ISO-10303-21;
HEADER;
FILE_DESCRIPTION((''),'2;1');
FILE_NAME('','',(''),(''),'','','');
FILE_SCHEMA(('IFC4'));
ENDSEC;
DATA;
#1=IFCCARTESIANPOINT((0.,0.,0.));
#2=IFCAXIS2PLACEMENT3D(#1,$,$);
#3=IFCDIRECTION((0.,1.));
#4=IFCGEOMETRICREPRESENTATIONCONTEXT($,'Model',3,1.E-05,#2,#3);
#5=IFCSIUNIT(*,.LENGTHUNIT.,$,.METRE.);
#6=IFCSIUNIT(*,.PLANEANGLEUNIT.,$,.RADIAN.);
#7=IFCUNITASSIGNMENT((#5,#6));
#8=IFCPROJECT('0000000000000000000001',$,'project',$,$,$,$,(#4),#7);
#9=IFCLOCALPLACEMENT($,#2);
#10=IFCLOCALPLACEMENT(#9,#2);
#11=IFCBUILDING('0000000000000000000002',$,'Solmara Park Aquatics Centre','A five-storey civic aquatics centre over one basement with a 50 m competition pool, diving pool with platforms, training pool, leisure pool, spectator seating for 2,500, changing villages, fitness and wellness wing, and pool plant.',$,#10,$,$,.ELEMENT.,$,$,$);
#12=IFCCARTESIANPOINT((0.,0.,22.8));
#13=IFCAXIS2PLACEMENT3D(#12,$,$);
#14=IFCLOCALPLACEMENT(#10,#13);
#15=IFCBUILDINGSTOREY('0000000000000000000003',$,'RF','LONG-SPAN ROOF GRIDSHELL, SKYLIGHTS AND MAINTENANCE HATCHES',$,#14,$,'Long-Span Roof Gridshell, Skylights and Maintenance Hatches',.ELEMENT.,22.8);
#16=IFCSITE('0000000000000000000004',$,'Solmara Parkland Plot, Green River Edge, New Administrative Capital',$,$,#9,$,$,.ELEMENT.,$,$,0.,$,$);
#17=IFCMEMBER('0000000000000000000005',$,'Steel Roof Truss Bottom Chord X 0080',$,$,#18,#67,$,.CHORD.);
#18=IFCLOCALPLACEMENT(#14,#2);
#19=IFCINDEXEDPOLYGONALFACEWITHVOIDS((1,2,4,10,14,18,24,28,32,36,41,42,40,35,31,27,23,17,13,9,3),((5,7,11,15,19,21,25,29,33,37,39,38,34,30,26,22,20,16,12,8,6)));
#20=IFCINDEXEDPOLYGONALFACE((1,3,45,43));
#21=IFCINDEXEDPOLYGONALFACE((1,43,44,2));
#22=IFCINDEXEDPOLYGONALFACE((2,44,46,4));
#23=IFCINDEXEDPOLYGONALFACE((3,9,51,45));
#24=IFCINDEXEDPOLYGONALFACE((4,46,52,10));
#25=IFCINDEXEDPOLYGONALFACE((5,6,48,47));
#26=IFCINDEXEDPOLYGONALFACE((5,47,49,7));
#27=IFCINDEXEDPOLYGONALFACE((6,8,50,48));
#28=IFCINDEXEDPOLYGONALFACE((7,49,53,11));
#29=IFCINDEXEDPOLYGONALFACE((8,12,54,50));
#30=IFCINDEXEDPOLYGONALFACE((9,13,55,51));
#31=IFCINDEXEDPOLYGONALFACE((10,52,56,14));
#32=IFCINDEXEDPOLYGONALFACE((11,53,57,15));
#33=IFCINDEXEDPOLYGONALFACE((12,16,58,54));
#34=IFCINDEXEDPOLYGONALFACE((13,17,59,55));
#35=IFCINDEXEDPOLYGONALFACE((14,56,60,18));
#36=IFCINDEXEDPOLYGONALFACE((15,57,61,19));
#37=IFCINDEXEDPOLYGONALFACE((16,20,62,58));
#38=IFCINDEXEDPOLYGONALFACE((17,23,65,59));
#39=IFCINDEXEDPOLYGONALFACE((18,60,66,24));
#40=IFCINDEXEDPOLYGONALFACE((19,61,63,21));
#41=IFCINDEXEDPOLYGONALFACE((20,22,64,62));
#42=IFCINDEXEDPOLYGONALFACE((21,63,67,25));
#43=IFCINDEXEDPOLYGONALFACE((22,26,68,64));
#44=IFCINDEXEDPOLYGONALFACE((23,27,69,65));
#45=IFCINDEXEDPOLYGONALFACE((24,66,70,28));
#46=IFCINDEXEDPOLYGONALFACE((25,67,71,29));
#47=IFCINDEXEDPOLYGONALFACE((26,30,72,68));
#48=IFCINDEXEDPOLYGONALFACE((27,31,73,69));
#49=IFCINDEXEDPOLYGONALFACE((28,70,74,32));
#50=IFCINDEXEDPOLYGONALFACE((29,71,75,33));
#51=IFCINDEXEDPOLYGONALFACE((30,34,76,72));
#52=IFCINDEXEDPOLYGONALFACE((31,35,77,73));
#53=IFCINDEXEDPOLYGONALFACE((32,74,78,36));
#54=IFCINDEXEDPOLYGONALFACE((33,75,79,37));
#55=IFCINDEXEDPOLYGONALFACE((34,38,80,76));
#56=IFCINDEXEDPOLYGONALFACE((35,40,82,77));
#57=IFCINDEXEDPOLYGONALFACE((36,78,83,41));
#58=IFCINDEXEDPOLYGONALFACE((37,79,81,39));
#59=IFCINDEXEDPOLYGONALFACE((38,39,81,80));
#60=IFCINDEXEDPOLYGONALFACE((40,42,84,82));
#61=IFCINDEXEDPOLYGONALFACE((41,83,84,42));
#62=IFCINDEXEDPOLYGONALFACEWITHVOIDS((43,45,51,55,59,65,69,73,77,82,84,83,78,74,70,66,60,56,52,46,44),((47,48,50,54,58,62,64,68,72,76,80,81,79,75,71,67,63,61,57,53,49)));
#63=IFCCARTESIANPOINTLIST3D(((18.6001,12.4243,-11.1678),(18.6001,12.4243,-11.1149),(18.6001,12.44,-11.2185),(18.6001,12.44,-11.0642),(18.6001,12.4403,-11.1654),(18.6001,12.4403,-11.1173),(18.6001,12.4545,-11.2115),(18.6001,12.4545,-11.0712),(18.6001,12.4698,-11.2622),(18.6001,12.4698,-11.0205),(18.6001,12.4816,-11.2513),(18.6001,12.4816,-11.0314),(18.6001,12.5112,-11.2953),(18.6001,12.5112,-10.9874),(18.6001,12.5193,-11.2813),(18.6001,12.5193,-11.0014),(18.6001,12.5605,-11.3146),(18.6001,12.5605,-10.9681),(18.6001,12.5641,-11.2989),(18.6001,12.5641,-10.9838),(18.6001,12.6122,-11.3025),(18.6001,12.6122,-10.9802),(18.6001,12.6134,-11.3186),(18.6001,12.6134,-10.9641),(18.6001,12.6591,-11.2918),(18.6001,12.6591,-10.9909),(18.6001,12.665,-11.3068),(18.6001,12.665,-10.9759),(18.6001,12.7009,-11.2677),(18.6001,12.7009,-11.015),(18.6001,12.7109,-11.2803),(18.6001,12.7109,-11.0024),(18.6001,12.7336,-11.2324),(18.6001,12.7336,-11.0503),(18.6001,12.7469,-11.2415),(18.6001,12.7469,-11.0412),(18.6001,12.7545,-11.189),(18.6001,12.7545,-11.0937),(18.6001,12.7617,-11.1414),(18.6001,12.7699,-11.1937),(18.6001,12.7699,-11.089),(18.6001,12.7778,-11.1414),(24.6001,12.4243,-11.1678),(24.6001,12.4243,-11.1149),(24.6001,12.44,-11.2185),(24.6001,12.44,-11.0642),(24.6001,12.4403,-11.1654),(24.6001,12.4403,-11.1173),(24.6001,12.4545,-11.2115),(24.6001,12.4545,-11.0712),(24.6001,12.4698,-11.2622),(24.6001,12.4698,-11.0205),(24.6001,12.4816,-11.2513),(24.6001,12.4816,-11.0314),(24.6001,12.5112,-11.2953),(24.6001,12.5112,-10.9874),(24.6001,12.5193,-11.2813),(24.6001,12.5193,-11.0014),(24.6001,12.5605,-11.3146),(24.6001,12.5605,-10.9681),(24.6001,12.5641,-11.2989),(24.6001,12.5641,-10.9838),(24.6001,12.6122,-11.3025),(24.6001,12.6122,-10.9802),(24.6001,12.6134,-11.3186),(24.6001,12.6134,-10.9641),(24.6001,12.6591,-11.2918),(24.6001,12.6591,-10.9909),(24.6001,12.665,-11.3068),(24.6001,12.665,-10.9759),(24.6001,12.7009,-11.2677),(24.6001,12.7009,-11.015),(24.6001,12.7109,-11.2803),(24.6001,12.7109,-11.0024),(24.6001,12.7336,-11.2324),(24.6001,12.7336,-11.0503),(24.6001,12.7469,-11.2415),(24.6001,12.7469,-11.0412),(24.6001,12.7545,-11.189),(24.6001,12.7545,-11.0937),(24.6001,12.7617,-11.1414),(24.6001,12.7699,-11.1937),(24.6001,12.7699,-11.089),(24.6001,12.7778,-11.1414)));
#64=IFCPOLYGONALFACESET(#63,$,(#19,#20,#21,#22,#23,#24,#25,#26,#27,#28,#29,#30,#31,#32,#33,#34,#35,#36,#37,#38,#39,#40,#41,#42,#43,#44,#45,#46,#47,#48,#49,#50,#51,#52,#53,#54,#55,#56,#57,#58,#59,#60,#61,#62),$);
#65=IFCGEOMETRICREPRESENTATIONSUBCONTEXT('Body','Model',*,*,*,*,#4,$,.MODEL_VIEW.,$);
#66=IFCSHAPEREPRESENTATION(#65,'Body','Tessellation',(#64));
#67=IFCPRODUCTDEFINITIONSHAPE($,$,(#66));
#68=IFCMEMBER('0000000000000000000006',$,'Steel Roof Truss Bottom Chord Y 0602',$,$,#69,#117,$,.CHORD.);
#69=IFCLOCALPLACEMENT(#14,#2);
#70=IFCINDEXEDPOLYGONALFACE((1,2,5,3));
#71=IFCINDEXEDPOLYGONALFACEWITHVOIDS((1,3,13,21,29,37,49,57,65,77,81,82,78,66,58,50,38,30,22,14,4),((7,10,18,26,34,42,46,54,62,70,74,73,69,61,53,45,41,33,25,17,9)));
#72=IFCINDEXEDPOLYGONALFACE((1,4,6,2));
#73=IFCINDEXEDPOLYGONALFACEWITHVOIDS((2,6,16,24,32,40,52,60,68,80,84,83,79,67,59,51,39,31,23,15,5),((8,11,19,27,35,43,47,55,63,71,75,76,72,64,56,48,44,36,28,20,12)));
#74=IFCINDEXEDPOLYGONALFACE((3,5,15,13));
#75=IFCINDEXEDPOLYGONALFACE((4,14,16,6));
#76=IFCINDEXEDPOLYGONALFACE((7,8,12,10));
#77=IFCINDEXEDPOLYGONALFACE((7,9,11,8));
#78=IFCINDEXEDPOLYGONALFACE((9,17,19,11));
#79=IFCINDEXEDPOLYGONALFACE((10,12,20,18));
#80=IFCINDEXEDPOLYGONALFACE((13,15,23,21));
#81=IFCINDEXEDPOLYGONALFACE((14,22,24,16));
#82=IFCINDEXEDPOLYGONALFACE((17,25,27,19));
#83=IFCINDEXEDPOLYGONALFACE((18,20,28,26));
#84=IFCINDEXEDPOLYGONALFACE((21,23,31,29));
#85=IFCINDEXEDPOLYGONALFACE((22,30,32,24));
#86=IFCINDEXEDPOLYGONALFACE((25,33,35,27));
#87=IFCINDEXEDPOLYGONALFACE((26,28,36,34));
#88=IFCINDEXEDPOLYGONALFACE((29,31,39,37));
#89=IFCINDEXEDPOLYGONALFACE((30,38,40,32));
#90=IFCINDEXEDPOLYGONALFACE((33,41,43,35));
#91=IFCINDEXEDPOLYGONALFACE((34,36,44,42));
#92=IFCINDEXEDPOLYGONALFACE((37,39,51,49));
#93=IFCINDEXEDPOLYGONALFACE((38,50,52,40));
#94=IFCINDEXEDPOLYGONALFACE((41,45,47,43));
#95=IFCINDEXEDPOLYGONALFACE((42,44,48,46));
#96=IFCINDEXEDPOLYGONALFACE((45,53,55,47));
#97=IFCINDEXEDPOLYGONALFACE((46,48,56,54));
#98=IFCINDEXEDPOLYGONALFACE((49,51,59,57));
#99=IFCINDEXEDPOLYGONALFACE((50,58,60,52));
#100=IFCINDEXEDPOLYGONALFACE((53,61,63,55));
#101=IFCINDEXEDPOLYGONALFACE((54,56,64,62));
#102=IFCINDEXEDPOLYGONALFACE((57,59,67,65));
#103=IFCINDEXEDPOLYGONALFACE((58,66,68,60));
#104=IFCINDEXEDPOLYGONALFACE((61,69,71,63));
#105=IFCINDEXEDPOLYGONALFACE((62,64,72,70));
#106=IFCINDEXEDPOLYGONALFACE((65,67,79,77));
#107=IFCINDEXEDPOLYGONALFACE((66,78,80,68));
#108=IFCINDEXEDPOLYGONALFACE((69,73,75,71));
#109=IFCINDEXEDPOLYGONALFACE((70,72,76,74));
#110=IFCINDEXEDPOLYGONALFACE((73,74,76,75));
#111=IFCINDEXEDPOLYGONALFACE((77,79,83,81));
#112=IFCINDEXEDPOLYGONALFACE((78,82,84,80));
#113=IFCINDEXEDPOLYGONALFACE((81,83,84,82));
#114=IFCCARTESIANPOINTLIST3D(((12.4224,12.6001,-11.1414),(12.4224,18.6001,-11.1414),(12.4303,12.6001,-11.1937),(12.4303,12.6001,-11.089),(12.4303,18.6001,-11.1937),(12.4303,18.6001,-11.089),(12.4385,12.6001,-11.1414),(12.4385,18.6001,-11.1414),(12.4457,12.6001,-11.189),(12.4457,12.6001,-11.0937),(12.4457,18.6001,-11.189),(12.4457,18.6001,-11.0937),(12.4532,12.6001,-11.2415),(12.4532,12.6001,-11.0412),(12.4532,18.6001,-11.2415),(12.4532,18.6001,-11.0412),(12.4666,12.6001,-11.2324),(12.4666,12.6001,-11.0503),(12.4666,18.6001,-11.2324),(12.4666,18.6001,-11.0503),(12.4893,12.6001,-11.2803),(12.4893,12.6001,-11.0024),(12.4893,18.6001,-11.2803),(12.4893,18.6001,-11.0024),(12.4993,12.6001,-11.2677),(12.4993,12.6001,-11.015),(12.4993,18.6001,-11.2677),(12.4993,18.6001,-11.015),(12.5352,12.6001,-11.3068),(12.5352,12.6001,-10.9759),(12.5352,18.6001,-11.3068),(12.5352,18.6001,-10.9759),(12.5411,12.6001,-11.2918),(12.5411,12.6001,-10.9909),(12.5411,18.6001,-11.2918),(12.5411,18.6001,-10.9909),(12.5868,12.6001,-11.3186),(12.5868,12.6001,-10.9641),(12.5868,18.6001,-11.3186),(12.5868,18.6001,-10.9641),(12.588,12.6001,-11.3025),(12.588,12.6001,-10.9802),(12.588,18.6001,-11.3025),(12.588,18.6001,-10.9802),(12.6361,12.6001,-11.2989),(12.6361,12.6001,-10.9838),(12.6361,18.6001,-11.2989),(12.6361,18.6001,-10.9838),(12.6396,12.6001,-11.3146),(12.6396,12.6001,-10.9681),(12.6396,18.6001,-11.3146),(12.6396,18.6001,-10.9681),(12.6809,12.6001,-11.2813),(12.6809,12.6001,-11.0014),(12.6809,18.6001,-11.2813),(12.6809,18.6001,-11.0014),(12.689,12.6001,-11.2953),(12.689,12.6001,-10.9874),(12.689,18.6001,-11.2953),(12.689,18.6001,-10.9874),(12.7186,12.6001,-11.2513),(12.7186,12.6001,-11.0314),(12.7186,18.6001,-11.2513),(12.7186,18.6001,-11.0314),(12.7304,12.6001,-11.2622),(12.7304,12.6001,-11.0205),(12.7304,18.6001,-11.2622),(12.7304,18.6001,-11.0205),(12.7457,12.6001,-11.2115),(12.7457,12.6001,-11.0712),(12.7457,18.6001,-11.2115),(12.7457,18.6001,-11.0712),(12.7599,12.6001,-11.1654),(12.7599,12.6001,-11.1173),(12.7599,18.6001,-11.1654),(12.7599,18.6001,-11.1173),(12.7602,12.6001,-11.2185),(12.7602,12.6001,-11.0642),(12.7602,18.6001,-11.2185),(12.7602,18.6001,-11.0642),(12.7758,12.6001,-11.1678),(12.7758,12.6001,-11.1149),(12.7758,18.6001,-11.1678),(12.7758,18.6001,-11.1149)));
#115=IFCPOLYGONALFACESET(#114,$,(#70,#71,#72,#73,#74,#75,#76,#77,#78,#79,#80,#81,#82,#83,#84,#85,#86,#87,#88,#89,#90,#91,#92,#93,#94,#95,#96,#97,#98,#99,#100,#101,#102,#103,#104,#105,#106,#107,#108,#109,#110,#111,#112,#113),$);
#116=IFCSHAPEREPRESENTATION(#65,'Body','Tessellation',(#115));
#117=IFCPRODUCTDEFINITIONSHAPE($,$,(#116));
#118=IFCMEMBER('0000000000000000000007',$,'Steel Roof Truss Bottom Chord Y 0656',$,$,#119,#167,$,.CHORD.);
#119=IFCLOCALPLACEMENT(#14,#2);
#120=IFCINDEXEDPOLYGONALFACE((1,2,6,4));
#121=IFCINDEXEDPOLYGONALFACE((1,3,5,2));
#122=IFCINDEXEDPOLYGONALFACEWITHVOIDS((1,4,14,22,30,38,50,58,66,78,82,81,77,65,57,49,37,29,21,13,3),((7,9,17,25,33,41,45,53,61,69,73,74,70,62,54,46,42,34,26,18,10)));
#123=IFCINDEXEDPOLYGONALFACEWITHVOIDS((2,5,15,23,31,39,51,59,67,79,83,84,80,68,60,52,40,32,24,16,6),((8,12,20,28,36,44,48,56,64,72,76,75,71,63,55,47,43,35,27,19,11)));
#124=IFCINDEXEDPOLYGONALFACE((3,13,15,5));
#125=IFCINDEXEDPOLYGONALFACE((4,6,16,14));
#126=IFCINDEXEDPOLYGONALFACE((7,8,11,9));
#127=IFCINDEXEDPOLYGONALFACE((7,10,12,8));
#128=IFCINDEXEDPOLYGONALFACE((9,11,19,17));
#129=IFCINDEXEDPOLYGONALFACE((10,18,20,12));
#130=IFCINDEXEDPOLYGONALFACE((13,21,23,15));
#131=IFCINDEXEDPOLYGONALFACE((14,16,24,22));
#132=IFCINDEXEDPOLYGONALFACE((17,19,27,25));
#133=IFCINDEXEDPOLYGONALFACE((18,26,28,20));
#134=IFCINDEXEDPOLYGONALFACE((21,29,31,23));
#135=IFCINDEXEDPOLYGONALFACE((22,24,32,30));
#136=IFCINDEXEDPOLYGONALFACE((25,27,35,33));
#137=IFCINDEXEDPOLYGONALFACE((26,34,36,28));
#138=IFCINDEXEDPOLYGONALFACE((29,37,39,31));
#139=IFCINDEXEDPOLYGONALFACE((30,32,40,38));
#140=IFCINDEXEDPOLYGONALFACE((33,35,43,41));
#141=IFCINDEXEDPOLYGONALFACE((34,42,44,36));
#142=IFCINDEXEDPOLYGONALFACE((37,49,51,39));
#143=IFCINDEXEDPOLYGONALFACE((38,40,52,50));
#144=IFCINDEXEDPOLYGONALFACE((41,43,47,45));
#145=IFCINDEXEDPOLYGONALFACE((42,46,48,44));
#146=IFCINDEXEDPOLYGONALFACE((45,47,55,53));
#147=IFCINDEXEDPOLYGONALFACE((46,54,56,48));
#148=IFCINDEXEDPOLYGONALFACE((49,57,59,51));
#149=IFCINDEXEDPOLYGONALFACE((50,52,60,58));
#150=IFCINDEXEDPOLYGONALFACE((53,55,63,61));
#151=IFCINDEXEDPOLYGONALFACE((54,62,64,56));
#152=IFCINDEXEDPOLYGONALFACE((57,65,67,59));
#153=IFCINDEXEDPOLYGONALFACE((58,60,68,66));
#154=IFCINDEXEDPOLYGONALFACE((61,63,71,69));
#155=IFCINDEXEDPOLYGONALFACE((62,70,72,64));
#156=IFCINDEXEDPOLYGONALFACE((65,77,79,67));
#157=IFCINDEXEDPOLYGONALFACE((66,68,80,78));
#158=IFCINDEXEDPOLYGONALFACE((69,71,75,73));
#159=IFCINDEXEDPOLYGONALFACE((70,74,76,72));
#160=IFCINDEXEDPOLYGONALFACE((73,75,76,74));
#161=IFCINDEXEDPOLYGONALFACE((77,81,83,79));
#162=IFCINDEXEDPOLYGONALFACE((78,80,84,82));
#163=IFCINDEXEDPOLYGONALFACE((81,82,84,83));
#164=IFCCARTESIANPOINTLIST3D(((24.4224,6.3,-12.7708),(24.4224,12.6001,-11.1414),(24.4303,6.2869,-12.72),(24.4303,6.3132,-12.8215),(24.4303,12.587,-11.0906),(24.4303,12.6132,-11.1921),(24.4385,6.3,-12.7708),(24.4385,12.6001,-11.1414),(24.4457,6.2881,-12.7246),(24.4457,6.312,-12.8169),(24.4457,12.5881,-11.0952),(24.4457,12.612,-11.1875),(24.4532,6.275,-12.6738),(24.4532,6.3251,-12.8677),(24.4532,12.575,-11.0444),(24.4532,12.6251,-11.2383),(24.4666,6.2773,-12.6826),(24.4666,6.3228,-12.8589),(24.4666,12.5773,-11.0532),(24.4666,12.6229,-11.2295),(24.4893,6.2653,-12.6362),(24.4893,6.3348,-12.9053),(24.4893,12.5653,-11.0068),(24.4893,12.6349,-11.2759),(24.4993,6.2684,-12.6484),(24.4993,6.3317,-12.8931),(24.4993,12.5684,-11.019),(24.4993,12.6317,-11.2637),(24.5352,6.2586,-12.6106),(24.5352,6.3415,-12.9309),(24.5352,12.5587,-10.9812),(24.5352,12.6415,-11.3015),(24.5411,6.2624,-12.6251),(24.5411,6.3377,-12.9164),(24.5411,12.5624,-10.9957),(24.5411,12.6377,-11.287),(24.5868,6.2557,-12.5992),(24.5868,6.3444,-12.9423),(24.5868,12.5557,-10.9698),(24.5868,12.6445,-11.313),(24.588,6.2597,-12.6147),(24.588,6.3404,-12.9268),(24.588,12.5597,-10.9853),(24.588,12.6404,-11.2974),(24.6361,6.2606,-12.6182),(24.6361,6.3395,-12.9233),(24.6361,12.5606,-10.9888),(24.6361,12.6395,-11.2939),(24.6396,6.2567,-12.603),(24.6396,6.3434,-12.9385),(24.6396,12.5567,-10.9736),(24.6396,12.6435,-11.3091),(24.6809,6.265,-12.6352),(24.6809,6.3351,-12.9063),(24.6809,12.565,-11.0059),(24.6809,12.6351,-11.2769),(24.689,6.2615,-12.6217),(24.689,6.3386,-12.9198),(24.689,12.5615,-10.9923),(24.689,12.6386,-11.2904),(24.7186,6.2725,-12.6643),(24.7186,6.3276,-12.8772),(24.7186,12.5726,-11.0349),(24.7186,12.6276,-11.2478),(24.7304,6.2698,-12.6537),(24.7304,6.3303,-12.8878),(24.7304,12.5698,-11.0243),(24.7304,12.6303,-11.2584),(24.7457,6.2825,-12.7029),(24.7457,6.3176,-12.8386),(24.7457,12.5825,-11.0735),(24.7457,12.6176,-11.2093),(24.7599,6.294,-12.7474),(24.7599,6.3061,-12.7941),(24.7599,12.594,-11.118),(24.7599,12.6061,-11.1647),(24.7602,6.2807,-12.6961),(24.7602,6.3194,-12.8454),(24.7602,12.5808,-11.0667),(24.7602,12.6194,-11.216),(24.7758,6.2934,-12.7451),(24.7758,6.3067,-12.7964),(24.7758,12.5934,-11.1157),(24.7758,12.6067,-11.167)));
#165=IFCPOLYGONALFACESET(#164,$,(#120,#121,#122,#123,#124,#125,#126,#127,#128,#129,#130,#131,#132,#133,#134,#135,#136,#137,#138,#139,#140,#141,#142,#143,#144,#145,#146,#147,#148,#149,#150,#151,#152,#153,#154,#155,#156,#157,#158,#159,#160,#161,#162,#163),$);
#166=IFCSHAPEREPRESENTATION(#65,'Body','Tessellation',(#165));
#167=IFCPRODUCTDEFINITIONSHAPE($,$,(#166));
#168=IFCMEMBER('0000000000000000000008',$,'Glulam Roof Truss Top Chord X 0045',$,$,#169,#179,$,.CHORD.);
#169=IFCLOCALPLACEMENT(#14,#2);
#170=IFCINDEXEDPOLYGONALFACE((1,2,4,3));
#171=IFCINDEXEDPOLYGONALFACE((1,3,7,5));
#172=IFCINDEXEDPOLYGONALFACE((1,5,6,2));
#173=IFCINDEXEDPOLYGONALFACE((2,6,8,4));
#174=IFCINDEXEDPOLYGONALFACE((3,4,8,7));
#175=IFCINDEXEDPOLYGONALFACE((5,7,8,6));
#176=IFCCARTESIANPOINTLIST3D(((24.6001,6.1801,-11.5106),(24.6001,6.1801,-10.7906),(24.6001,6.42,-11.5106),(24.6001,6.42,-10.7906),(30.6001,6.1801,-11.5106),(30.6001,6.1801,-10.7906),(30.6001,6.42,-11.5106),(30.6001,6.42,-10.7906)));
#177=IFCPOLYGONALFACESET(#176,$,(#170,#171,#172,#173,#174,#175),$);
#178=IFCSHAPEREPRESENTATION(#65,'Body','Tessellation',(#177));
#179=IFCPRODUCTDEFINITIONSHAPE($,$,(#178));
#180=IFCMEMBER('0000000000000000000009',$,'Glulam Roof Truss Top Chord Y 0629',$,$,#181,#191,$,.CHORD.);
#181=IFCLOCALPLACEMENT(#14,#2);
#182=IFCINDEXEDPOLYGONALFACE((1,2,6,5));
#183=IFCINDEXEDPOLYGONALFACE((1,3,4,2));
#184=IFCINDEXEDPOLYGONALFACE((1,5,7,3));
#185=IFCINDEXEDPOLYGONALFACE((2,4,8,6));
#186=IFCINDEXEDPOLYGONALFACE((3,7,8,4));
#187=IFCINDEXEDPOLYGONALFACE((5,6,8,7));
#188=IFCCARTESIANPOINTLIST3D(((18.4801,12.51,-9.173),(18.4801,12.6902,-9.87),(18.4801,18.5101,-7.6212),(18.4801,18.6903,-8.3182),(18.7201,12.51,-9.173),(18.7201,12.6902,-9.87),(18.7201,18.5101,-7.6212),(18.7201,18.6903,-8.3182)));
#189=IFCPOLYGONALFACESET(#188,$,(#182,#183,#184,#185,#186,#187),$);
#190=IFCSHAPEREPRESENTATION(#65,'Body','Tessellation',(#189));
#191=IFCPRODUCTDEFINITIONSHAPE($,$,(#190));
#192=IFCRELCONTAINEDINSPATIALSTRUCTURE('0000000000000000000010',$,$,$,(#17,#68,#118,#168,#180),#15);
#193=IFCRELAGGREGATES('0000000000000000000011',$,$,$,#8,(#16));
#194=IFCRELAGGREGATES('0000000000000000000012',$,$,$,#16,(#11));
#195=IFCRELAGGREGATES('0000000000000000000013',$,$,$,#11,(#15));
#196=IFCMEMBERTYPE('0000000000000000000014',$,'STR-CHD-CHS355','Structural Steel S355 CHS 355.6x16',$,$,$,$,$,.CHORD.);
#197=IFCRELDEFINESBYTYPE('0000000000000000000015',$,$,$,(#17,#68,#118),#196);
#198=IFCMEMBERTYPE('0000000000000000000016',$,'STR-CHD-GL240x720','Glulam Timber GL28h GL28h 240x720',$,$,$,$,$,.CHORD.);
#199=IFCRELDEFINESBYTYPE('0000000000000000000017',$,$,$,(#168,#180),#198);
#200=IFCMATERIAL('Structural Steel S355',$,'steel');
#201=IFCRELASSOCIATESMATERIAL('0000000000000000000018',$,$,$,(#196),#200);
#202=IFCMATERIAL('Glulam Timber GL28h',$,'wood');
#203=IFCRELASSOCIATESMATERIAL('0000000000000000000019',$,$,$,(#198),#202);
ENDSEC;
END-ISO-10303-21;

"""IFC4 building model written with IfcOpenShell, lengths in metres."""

from ifc_helpers import new_model, si_unit, direction, frame, origin, origin_2d, place, context, subcontext, project, spatial, rectangle, hollow_circle, extrude, material, material_profile, profile_set, type_object, element, save


model = new_model("IFC4")

# Units and contexts
model_context = context("Model", 3, precision=1e-05, world=origin(), true_north=direction((0.0, 1.0)))
body_context = subcontext(model_context, "Body", "Model", "MODEL_VIEW")
ifc_project = project(units=[si_unit("LENGTHUNIT", "METRE"), si_unit("PLANEANGLEUNIT", "RADIAN")], contexts=[model_context])

# Site, building, storey
site_placement = place(None, origin())
site = spatial("IfcSite", under=ifc_project, at=site_placement, Name="Solmara Parkland Plot, Green River Edge, New Administrative Capital", CompositionType="ELEMENT", RefElevation=0.0)
building_placement = place(site_placement, origin())
building = spatial("IfcBuilding", under=site, at=building_placement, Name="Solmara Park Aquatics Centre", Description="A five-storey civic aquatics centre over one basement with a 50 m competition pool, diving pool with platforms, training pool, leisure pool, spectator seating for 2,500, changing villages, fitness and wellness wing, and pool plant.", CompositionType="ELEMENT")
storey_placement = place(building_placement, frame((0.0, 0.0, 22.8)))
storey = spatial("IfcBuildingStorey", under=building, at=storey_placement, Name="RF", Description="LONG-SPAN ROOF GRIDSHELL, SKYLIGHTS AND MAINTENANCE HATCHES", LongName="Long-Span Roof Gridshell, Skylights and Maintenance Hatches", CompositionType="ELEMENT", Elevation=22.8)

# Members
ifc_material_1 = material(Name="Structural Steel S355", Category="steel")
ifc_material_profile_1 = material_profile(ifc_material_1, hollow_circle(Radius=0.1777, WallThickness=0.0161, at=origin_2d()), Name="CHS 355.6x16")
ifc_profile_set_1 = profile_set([ifc_material_profile_1], Name="Structural Steel S355")
member_type_1 = type_object("IfcMemberType", Name="STR-CHD-CHS355", Description="Structural Steel S355 CHS 355.6x16", PredefinedType="CHORD", material=ifc_profile_set_1)
for number, where, z_axis, x_axis, name in (
    (1, (18.6001, 12.6001, -11.1414), (1.0, 0.0, 0.0), (0.0, 1.0, 0.0), "Steel Roof Truss Bottom Chord X 0080"),
    (2, (12.6001, 12.6001, -11.1414), (0.0, 1.0, 0.0), (-1.0, 0.0, 0.0), "Steel Roof Truss Bottom Chord Y 0602"),
):
    element("IfcMember", number, at=place(storey_placement, frame(where, z_axis=z_axis, x_axis=x_axis)), inside=storey, type_object=member_type_1, Name=name, PredefinedType="CHORD", context=body_context, shape_type="SweptSolid", body=[
        extrude(hollow_circle(Radius=0.1777, WallThickness=0.0161, at=origin_2d()), origin(), (0.0, 0.0, 1.0), 6.0),
    ])
member_1_placement = place(storey_placement, frame((24.6001, 6.3, -12.7708), z_axis=(0.0, 0.968144, 0.250393), x_axis=(-1.0, 0.0, 0.0)))
element("IfcMember", 3, at=member_1_placement, inside=storey, type_object=member_type_1, Name="Steel Roof Truss Bottom Chord Y 0656", PredefinedType="CHORD", context=body_context, shape_type="SweptSolid", body=[
    extrude(hollow_circle(Radius=0.1777, WallThickness=0.0161, at=origin_2d()), origin(), (0.0, 0.0, 1.0), 6.5073),
])
ifc_material_2 = material(Name="Glulam Timber GL28h", Category="wood")
ifc_material_profile_2 = material_profile(ifc_material_2, rectangle(XDim=0.24, YDim=0.72, at=origin_2d()), Name="GL28h 240x720")
ifc_profile_set_2 = profile_set([ifc_material_profile_2], Name="Glulam Timber GL28h")
member_type_2 = type_object("IfcMemberType", Name="STR-CHD-GL240x720", Description="Glulam Timber GL28h GL28h 240x720", PredefinedType="CHORD", material=ifc_profile_set_2)
member_2_placement = place(storey_placement, frame((24.6001, 6.3, -11.1506), z_axis=(1.0, 0.0, 0.0), x_axis=(0.0, 1.0, 0.0)))
element("IfcMember", 4, at=member_2_placement, inside=storey, type_object=member_type_2, Name="Glulam Roof Truss Top Chord X 0045", PredefinedType="CHORD", context=body_context, shape_type="SweptSolid", body=[
    extrude(rectangle(XDim=0.24, YDim=0.72, at=origin_2d()), origin(), (0.0, 0.0, 1.0), 6.0),
])
member_3_placement = place(storey_placement, frame((18.6001, 12.6001, -9.5215), z_axis=(0.0, 0.968146, 0.250388), x_axis=(-1.0, 0.0, 0.0)))
element("IfcMember", 5, at=member_3_placement, inside=storey, type_object=member_type_2, Name="Glulam Roof Truss Top Chord Y 0629", PredefinedType="CHORD", context=body_context, shape_type="SweptSolid", body=[
    extrude(rectangle(XDim=0.24, YDim=0.72, at=origin_2d()), origin(), (0.0, 0.0, 1.0), 6.1975),
])

save(model, "model.ifc")
